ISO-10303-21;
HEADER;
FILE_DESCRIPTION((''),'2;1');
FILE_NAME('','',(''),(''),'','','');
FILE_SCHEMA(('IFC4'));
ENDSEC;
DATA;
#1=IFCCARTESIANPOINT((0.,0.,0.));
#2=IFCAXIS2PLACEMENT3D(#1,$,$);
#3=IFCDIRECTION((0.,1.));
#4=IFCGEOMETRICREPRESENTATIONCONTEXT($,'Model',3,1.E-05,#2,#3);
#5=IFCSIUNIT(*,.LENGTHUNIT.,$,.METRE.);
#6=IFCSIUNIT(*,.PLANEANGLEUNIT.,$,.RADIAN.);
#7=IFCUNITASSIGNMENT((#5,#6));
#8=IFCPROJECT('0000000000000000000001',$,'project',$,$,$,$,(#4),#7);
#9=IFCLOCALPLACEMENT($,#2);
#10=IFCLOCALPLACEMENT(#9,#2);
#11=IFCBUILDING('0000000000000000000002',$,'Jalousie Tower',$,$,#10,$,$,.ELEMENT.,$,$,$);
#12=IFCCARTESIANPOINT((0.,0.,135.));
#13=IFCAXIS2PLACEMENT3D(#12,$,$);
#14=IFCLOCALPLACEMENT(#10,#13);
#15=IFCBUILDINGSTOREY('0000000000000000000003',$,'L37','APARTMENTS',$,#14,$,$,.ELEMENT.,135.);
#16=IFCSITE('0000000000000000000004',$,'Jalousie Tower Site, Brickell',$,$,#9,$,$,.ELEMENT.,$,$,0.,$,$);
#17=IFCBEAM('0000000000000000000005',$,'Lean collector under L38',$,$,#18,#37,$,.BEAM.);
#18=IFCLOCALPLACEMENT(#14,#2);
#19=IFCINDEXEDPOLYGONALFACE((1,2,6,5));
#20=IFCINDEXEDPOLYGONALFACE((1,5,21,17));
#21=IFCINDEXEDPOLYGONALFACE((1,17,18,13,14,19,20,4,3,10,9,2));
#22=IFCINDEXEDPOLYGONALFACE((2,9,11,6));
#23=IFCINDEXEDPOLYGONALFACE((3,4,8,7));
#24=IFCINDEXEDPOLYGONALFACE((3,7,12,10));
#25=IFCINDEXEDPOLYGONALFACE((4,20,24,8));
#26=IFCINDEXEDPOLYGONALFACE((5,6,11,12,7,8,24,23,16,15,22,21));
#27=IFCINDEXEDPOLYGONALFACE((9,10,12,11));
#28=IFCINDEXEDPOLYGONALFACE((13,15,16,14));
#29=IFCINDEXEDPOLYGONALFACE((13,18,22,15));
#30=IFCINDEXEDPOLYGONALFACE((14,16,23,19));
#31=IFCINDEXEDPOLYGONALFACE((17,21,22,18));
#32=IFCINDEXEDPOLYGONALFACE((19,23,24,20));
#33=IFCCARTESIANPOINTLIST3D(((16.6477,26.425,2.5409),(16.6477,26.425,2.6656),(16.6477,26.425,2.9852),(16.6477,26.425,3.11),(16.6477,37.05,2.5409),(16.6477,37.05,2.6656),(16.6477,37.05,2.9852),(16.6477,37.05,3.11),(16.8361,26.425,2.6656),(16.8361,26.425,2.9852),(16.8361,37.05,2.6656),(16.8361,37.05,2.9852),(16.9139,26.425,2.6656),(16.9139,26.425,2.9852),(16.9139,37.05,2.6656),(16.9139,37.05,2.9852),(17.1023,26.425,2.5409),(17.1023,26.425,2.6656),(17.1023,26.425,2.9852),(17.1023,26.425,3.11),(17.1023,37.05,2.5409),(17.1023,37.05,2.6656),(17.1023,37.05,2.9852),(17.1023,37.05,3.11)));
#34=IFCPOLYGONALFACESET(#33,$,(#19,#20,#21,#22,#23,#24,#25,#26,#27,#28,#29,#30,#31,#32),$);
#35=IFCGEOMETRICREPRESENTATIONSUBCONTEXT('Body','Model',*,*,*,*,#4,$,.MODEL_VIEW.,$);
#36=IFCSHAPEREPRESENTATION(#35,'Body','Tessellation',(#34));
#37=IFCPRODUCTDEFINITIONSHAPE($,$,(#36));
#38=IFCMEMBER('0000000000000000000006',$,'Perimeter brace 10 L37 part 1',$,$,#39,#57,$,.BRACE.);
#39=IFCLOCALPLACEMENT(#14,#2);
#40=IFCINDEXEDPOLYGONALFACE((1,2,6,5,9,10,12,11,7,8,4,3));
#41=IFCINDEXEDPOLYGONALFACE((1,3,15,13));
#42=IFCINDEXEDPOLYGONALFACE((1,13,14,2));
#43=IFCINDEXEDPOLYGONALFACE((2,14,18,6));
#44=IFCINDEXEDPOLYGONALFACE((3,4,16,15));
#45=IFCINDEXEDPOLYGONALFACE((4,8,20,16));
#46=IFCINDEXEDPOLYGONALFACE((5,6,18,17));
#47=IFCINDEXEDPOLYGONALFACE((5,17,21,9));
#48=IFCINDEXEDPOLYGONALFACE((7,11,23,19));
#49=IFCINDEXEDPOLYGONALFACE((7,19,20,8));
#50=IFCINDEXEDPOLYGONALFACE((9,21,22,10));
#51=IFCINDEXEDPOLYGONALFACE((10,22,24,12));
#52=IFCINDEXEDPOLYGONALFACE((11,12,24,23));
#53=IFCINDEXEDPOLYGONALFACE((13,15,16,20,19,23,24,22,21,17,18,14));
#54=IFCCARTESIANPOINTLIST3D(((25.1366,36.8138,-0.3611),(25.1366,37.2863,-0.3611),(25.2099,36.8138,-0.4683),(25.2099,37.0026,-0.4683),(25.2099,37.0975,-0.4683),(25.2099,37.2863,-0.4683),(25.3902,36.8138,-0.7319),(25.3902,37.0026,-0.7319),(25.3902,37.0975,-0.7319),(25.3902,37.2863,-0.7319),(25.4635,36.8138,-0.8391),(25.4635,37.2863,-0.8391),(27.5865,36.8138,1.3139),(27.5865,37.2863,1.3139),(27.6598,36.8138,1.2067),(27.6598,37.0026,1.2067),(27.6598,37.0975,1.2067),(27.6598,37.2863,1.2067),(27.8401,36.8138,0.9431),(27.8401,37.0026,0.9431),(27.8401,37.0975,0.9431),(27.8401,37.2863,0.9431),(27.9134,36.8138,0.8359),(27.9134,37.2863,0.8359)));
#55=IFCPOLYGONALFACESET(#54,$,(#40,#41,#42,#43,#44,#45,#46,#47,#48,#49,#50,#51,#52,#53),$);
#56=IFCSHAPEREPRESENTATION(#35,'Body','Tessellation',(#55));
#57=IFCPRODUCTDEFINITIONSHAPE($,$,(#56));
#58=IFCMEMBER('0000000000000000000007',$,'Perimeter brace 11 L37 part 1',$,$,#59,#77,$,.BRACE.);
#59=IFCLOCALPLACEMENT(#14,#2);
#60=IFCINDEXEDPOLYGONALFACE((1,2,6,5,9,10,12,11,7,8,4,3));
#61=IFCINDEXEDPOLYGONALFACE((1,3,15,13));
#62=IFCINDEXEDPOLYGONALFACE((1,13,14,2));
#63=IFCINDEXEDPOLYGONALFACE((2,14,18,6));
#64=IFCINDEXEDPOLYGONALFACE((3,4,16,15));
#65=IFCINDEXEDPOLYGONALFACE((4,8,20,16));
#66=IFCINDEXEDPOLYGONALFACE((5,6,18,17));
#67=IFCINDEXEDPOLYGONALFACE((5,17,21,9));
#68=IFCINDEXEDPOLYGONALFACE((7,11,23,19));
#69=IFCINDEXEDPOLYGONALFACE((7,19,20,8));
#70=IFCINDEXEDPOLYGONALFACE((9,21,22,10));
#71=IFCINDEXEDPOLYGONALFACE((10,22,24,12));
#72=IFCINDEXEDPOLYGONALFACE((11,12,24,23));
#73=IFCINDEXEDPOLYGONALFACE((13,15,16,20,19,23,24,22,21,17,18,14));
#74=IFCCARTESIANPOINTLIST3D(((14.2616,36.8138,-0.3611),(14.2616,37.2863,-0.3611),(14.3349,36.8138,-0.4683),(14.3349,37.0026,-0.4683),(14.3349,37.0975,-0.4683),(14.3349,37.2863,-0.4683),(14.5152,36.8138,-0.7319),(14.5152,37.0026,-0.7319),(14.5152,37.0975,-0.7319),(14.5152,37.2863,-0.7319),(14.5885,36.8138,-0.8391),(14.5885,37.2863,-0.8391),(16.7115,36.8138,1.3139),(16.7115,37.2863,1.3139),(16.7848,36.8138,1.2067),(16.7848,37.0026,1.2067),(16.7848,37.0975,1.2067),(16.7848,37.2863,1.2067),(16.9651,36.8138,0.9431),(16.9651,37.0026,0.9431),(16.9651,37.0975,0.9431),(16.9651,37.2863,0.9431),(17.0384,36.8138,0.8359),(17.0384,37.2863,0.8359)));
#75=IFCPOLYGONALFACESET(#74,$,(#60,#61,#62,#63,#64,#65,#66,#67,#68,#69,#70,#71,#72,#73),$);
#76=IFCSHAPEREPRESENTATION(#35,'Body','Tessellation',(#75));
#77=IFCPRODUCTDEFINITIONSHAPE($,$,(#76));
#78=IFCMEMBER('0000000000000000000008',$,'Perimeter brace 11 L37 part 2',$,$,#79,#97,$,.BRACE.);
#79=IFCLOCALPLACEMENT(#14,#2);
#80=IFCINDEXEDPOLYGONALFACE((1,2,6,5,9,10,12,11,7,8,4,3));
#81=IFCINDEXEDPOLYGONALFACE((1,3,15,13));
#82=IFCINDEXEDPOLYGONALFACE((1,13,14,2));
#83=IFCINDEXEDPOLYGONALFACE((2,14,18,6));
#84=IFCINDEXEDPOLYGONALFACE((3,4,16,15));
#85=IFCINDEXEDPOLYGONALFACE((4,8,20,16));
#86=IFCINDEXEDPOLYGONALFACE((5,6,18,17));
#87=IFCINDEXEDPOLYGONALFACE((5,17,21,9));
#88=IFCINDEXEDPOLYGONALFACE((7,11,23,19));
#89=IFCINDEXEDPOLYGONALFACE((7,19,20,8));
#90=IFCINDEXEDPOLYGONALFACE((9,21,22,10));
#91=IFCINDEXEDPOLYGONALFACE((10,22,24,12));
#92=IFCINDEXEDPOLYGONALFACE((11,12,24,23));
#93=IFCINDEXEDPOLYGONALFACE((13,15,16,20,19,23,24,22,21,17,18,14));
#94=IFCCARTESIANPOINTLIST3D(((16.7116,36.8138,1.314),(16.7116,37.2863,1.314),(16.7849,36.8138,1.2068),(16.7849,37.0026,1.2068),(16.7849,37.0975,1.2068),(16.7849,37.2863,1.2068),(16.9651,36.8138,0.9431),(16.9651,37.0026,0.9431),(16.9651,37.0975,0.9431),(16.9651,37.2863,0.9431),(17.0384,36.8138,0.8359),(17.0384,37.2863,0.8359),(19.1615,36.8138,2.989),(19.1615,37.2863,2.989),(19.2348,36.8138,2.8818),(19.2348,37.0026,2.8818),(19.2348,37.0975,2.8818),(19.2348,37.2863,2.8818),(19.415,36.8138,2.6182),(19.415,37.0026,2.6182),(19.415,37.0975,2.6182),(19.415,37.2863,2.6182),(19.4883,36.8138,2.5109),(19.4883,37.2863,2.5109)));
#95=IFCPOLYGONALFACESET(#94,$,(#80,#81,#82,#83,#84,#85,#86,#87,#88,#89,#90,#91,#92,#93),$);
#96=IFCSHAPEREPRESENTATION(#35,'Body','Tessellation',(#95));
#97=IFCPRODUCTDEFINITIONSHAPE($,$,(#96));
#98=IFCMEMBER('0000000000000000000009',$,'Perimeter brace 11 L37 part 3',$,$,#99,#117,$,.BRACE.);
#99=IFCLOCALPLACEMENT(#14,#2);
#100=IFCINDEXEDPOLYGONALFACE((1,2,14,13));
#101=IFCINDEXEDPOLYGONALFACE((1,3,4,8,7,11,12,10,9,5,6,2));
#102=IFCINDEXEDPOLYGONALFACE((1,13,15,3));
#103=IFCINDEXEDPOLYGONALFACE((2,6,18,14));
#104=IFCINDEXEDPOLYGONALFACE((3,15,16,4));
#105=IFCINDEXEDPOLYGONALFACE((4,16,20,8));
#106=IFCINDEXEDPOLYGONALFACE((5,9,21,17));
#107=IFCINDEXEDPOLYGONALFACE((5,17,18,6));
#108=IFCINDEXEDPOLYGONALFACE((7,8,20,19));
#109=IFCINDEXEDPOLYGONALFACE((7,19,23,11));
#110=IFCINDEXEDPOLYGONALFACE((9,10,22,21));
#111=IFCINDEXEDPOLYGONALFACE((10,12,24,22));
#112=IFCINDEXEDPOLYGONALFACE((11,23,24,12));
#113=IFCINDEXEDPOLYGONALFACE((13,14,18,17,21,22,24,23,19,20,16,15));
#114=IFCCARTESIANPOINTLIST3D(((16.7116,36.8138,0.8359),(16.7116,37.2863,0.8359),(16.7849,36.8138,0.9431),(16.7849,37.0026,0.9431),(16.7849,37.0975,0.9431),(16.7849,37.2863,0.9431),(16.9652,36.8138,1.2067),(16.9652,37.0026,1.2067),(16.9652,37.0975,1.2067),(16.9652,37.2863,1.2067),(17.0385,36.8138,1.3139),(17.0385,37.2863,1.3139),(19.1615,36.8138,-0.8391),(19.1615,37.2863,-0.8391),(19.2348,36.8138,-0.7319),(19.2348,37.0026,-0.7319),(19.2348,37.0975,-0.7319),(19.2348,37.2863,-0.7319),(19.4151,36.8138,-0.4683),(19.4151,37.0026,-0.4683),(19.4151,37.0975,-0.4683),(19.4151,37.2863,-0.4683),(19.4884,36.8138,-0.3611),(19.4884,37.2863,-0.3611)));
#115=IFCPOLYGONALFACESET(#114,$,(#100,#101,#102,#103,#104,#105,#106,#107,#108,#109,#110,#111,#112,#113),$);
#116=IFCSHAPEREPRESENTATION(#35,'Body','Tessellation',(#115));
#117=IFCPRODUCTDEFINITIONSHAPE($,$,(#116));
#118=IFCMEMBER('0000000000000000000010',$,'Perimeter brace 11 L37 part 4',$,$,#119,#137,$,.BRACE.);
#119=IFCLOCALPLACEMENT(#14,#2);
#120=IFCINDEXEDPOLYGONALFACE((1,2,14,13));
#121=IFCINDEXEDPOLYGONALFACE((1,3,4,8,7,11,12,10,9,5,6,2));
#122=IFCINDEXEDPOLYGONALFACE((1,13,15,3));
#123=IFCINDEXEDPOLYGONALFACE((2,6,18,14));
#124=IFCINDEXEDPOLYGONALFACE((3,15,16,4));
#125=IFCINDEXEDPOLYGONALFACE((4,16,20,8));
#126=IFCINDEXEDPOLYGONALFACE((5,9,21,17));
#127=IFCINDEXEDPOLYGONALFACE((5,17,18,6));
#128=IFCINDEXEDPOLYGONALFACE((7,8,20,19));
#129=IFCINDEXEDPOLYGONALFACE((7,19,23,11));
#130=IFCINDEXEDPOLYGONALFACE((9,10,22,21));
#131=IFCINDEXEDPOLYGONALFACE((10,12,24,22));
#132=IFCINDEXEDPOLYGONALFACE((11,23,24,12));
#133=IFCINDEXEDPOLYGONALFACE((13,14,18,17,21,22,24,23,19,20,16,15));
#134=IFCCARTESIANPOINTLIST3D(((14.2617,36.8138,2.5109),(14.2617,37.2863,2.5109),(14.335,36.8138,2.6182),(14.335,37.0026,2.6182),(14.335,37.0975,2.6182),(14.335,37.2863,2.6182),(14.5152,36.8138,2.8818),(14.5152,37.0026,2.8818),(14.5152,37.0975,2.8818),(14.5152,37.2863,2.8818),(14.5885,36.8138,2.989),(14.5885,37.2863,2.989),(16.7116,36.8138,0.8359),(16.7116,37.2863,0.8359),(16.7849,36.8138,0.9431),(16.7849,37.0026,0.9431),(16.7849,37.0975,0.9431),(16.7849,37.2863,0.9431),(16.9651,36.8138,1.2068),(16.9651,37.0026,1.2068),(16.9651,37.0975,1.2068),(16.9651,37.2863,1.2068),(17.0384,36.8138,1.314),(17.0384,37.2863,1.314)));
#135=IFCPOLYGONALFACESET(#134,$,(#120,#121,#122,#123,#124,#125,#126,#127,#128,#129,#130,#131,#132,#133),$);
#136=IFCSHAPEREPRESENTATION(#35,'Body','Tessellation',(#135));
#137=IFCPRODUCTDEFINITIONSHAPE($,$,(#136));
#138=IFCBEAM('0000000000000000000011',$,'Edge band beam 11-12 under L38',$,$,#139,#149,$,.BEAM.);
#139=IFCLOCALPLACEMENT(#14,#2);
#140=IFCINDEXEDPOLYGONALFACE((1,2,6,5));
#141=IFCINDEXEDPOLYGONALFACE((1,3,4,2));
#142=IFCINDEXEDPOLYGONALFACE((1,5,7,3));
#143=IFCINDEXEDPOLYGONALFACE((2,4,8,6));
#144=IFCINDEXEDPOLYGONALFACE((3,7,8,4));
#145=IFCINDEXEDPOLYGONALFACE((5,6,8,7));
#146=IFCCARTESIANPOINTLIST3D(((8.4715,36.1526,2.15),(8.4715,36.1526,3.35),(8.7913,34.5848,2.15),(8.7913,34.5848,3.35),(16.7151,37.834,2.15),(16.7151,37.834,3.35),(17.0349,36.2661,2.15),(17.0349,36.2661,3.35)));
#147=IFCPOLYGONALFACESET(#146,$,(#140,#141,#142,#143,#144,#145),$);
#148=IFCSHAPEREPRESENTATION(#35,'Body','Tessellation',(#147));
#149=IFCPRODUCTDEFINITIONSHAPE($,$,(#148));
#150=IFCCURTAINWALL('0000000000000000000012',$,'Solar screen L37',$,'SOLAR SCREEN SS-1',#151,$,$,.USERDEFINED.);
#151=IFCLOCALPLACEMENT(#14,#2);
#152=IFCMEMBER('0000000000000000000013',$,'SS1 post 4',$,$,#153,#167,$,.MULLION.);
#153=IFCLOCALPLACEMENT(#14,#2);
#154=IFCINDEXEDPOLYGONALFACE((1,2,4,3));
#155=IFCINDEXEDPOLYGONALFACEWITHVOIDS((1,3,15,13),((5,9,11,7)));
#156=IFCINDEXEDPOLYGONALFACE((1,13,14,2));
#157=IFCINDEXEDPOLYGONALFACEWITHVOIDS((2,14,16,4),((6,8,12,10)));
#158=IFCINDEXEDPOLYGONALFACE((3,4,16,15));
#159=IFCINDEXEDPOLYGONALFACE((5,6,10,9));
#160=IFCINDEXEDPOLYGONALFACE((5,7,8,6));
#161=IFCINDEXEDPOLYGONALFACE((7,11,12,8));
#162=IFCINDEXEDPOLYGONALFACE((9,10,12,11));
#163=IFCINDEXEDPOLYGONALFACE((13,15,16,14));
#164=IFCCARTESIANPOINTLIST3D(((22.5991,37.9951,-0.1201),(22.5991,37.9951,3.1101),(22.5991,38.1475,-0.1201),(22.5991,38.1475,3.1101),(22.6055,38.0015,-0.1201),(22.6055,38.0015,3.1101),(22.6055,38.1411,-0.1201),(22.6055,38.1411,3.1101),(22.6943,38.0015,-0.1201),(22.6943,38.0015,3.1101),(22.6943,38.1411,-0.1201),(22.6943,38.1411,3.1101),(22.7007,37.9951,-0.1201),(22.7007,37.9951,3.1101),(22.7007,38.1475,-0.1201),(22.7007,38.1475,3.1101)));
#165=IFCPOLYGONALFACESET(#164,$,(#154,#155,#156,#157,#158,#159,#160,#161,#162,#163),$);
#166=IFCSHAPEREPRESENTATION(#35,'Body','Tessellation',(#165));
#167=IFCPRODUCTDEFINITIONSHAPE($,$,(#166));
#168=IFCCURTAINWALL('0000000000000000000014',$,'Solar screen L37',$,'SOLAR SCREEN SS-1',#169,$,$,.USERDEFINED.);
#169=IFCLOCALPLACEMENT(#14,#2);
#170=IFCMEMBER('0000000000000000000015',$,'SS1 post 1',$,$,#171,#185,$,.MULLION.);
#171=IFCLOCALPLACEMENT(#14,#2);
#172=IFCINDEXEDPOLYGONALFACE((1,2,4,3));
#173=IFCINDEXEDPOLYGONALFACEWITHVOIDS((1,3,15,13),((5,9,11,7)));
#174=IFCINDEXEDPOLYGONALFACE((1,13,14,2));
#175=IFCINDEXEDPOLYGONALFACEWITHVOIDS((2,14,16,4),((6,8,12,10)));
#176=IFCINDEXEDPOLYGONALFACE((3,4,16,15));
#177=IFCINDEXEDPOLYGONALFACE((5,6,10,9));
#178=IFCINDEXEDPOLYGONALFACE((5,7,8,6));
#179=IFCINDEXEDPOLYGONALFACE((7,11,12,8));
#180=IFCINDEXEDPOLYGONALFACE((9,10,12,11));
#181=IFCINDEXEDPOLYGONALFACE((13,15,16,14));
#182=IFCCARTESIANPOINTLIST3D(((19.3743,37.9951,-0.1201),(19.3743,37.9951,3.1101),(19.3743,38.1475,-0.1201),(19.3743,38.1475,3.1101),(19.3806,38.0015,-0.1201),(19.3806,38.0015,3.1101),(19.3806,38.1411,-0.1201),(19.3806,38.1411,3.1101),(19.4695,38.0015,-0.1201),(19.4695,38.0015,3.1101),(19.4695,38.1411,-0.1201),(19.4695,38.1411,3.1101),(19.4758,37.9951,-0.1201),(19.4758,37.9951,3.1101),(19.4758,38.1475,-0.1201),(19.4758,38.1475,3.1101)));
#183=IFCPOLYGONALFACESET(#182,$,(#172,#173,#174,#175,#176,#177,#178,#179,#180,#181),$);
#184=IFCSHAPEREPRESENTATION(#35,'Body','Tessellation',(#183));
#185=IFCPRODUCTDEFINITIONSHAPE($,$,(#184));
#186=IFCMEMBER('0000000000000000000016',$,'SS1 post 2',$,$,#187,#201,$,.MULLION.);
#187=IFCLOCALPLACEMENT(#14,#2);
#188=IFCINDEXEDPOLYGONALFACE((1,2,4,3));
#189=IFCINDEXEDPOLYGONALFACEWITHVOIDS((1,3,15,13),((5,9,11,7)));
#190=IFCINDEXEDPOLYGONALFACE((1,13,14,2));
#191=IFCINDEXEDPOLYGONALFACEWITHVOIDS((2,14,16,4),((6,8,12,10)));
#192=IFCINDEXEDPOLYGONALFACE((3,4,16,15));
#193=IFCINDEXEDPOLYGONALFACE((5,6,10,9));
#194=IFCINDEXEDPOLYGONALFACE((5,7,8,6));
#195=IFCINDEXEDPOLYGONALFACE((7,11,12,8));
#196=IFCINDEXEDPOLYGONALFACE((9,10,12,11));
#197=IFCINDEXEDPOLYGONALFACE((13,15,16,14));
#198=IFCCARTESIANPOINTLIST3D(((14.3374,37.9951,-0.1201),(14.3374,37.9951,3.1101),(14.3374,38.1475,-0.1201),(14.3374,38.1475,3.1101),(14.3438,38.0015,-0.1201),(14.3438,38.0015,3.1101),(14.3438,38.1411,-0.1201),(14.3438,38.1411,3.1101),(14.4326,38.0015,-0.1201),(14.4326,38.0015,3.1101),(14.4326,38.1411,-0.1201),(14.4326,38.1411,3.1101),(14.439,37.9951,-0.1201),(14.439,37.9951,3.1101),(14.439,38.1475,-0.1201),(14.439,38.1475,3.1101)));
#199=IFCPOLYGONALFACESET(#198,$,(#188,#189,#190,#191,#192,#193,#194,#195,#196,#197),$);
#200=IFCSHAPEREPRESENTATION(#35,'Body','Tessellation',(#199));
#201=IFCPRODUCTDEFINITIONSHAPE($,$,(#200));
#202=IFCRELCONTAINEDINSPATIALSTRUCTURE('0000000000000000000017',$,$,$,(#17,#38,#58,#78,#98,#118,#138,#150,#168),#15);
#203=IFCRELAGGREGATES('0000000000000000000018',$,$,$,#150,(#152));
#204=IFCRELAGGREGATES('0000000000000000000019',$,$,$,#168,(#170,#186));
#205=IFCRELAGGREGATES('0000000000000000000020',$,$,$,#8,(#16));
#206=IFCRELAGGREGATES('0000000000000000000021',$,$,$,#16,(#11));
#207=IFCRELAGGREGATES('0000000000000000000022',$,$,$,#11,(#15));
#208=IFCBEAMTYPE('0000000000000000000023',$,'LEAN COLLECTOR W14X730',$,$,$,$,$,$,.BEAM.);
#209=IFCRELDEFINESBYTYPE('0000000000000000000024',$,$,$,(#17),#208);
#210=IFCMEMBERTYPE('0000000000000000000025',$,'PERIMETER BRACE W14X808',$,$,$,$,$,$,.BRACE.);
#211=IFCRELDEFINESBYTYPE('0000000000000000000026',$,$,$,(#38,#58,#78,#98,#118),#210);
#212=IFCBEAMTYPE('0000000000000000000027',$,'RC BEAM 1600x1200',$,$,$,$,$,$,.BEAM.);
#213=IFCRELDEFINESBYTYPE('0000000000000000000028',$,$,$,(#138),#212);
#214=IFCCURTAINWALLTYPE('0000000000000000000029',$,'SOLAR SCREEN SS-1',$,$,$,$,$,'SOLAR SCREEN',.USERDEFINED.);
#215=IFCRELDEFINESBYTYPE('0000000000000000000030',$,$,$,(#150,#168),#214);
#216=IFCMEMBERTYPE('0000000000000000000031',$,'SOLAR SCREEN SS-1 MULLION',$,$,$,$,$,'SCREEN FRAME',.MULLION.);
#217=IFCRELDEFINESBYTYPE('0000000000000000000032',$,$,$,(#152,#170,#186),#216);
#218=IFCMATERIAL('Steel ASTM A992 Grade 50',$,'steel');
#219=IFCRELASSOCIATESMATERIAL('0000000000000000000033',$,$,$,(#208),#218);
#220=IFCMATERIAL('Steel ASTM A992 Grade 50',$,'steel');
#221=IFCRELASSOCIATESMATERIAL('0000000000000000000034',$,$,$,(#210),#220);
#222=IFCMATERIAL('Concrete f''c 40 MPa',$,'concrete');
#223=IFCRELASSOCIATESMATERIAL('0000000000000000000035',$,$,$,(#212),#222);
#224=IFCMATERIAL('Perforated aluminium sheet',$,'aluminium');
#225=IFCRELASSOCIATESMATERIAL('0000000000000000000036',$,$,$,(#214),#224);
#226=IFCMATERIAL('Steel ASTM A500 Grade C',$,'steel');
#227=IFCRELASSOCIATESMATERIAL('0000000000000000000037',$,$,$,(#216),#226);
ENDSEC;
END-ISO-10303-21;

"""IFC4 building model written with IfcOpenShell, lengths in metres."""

from ifc_helpers import new_model, si_unit, direction, frame, origin, origin_2d, place, context, subcontext, project, spatial, rectangle, hollow_rectangle, i_section, extrude, material, material_profile, profile_set, type_object, element, aggregate, save


model = new_model("IFC4")

# Units and contexts
model_context = context("Model", 3, precision=1e-05, world=origin(), true_north=direction((0.0, 1.0)))
body_context = subcontext(model_context, "Body", "Model", "MODEL_VIEW")
ifc_project = project(units=[si_unit("LENGTHUNIT", "METRE"), si_unit("PLANEANGLEUNIT", "RADIAN")], contexts=[model_context])

# Site, building, storey
site_placement = place(None, origin())
site = spatial("IfcSite", under=ifc_project, at=site_placement, Name="Jalousie Tower Site, Brickell", CompositionType="ELEMENT", RefElevation=0.0)
building_placement = place(site_placement, origin())
building = spatial("IfcBuilding", under=site, at=building_placement, Name="Jalousie Tower", CompositionType="ELEMENT")
storey_placement = place(building_placement, frame((0.0, 0.0, 135.0)))
storey = spatial("IfcBuildingStorey", under=building, at=storey_placement, Name="L37", Description="APARTMENTS", CompositionType="ELEMENT", Elevation=135.0)

# Beam
ifc_material_1 = material(Name="Steel ASTM A992 Grade 50", Category="steel")
ifc_material_profile_1 = material_profile(ifc_material_1, i_section(OverallWidth=0.4546, OverallDepth=0.5691, WebThickness=0.0779, FlangeThickness=0.1248, at=origin_2d()), Name="W14X730")
ifc_profile_set_1 = profile_set([ifc_material_profile_1], Name="Steel ASTM A992 Grade 50")
beam_type_1 = type_object("IfcBeamType", Name="LEAN COLLECTOR W14X730", PredefinedType="BEAM", material=ifc_profile_set_1)
beam_1_placement = place(storey_placement, frame((16.875, 37.05, 2.8254), z_axis=(0.0, -1.0, 0.0), x_axis=(1.0, 0.0, 0.0)))
element("IfcBeam", 1, at=beam_1_placement, inside=storey, type_object=beam_type_1, Name="Lean collector under L38", PredefinedType="BEAM", context=body_context, shape_type="SweptSolid", body=[
    extrude(i_section(OverallWidth=0.4546, OverallDepth=0.5691, WebThickness=0.0779, FlangeThickness=0.1248, at=origin_2d()), origin(), (0.0, 0.0, 1.0), 10.625),
])

# Members
ifc_material_2 = material(Name="Steel ASTM A992 Grade 50", Category="steel")
ifc_material_profile_2 = material_profile(ifc_material_2, i_section(OverallWidth=0.4724, OverallDepth=0.5791, WebThickness=0.095, FlangeThickness=0.1299, at=origin_2d()), Name="W14X808")
ifc_profile_set_2 = profile_set([ifc_material_profile_2], Name="Steel ASTM A992 Grade 50")
member_type_1 = type_object("IfcMemberType", Name="PERIMETER BRACE W14X808", PredefinedType="BRACE", material=ifc_profile_set_2)
for number, where, z_axis, x_axis, name in (
    (2, (25.3, 37.05, -0.6001), (0.825501, 0.0, 0.564401), (0.0, 1.0, 0.0), "Perimeter brace 10 L37 part 1"),
    (3, (14.425, 37.05, -0.6001), (0.825501, 0.0, 0.564401), (0.0, 1.0, 0.0), "Perimeter brace 11 L37 part 1"),
    (4, (16.875, 37.05, 1.075), (0.825501, 0.0, 0.564401), (0.0, 1.0, 0.0), "Perimeter brace 11 L37 part 2"),
    (5, (19.325, 37.05, -0.6001), (-0.825501, 0.0, 0.564401), (0.0, -1.0, 0.0), "Perimeter brace 11 L37 part 3"),
    (6, (16.875, 37.05, 1.075), (-0.825501, 0.0, 0.564401), (0.0, -1.0, 0.0), "Perimeter brace 11 L37 part 4"),
):
    element("IfcMember", number, at=place(storey_placement, frame(where, z_axis=z_axis, x_axis=x_axis)), inside=storey, type_object=member_type_1, Name=name, PredefinedType="BRACE", context=body_context, shape_type="SweptSolid", body=[
        extrude(i_section(OverallWidth=0.4724, OverallDepth=0.5791, WebThickness=0.095, FlangeThickness=0.1299, at=origin_2d()), origin(), (0.0, 0.0, 1.0), 2.9678),
    ])

# Beam
ifc_material_3 = material(Name="Concrete f'c 40 MPa", Category="concrete")
ifc_material_profile_3 = material_profile(ifc_material_3, rectangle(XDim=1.6001, YDim=1.2, at=origin_2d()), Name="RC 1600x1200")
ifc_profile_set_3 = profile_set([ifc_material_profile_3], Name="Concrete f'c 40 MPa")
beam_type_2 = type_object("IfcBeamType", Name="RC BEAM 1600x1200", PredefinedType="BEAM", material=ifc_profile_set_3)
beam_2_placement = place(storey_placement, frame((16.875, 37.05, 2.75), z_axis=(-0.979827, -0.199848, 0.0), x_axis=(0.199848, -0.979827, 0.0)))
element("IfcBeam", 7, at=beam_2_placement, inside=storey, type_object=beam_type_2, Name="Edge band beam 11-12 under L38", PredefinedType="BEAM", context=body_context, shape_type="SweptSolid", body=[
    extrude(rectangle(XDim=1.6001, YDim=1.2, at=origin_2d()), origin(), (0.0, 0.0, 1.0), 8.4133),
])

# Curtain wall, member
ifc_material_4 = material(Name="Perforated aluminium sheet", Category="aluminium")
curtain_wall_type = type_object("IfcCurtainWallType", Name="SOLAR SCREEN SS-1", ElementType="SOLAR SCREEN", PredefinedType="USERDEFINED", material=ifc_material_4)
curtain_wall_1_placement = place(storey_placement, origin())
curtain_wall_1 = element("IfcCurtainWall", 8, at=curtain_wall_1_placement, inside=storey, type_object=curtain_wall_type, Name="Solar screen L37", ObjectType="SOLAR SCREEN SS-1", PredefinedType="USERDEFINED")
ifc_material_5 = material(Name="Steel ASTM A500 Grade C", Category="steel")
ifc_material_profile_4 = material_profile(ifc_material_5, hollow_rectangle(XDim=0.1016, YDim=0.1523, WallThickness=0.0063, at=origin_2d()), Name="HSS6X4X1/4")
ifc_profile_set_4 = profile_set([ifc_material_profile_4], Name="Steel ASTM A500 Grade C")
member_type_2 = type_object("IfcMemberType", Name="SOLAR SCREEN SS-1 MULLION", ElementType="SCREEN FRAME", PredefinedType="MULLION", material=ifc_profile_set_4)
member_1_placement = place(storey_placement, frame((22.6499, 38.0713, -0.1201), z_axis=(0.0, 0.0, 1.0), x_axis=(-1.0, 0.0, 0.0)))
member_1 = element("IfcMember", 9, at=member_1_placement, type_object=member_type_2, Name="SS1 post 4", PredefinedType="MULLION", context=body_context, shape_type="SweptSolid", body=[
    extrude(hollow_rectangle(XDim=0.1016, YDim=0.1523, WallThickness=0.0063, at=origin_2d()), origin(), (0.0, 0.0, 1.0), 3.2302),
])

# Curtain wall, members
curtain_wall_2_placement = place(storey_placement, origin())
curtain_wall_2 = element("IfcCurtainWall", 10, at=curtain_wall_2_placement, inside=storey, type_object=curtain_wall_type, Name="Solar screen L37", ObjectType="SOLAR SCREEN SS-1", PredefinedType="USERDEFINED")
member_2_placement = place(storey_placement, frame((19.425, 38.0713, -0.1201), z_axis=(0.0, 0.0, 1.0), x_axis=(-1.0, 0.0, 0.0)))
member_2 = element("IfcMember", 11, at=member_2_placement, type_object=member_type_2, Name="SS1 post 1", PredefinedType="MULLION", context=body_context, shape_type="SweptSolid", body=[
    extrude(hollow_rectangle(XDim=0.1016, YDim=0.1523, WallThickness=0.0063, at=origin_2d()), origin(), (0.0, 0.0, 1.0), 3.2302),
])
member_3_placement = place(storey_placement, frame((14.3882, 38.0713, -0.1201), z_axis=(0.0, 0.0, 1.0), x_axis=(-1.0, 0.0, 0.0)))
member_3 = element("IfcMember", 12, at=member_3_placement, type_object=member_type_2, Name="SS1 post 2", PredefinedType="MULLION", context=body_context, shape_type="SweptSolid", body=[
    extrude(hollow_rectangle(XDim=0.1016, YDim=0.1523, WallThickness=0.0063, at=origin_2d()), origin(), (0.0, 0.0, 1.0), 3.2302),
])

aggregate(curtain_wall_1, [member_1])
aggregate(curtain_wall_2, [member_2, member_3])

save(model, "model.ifc")
